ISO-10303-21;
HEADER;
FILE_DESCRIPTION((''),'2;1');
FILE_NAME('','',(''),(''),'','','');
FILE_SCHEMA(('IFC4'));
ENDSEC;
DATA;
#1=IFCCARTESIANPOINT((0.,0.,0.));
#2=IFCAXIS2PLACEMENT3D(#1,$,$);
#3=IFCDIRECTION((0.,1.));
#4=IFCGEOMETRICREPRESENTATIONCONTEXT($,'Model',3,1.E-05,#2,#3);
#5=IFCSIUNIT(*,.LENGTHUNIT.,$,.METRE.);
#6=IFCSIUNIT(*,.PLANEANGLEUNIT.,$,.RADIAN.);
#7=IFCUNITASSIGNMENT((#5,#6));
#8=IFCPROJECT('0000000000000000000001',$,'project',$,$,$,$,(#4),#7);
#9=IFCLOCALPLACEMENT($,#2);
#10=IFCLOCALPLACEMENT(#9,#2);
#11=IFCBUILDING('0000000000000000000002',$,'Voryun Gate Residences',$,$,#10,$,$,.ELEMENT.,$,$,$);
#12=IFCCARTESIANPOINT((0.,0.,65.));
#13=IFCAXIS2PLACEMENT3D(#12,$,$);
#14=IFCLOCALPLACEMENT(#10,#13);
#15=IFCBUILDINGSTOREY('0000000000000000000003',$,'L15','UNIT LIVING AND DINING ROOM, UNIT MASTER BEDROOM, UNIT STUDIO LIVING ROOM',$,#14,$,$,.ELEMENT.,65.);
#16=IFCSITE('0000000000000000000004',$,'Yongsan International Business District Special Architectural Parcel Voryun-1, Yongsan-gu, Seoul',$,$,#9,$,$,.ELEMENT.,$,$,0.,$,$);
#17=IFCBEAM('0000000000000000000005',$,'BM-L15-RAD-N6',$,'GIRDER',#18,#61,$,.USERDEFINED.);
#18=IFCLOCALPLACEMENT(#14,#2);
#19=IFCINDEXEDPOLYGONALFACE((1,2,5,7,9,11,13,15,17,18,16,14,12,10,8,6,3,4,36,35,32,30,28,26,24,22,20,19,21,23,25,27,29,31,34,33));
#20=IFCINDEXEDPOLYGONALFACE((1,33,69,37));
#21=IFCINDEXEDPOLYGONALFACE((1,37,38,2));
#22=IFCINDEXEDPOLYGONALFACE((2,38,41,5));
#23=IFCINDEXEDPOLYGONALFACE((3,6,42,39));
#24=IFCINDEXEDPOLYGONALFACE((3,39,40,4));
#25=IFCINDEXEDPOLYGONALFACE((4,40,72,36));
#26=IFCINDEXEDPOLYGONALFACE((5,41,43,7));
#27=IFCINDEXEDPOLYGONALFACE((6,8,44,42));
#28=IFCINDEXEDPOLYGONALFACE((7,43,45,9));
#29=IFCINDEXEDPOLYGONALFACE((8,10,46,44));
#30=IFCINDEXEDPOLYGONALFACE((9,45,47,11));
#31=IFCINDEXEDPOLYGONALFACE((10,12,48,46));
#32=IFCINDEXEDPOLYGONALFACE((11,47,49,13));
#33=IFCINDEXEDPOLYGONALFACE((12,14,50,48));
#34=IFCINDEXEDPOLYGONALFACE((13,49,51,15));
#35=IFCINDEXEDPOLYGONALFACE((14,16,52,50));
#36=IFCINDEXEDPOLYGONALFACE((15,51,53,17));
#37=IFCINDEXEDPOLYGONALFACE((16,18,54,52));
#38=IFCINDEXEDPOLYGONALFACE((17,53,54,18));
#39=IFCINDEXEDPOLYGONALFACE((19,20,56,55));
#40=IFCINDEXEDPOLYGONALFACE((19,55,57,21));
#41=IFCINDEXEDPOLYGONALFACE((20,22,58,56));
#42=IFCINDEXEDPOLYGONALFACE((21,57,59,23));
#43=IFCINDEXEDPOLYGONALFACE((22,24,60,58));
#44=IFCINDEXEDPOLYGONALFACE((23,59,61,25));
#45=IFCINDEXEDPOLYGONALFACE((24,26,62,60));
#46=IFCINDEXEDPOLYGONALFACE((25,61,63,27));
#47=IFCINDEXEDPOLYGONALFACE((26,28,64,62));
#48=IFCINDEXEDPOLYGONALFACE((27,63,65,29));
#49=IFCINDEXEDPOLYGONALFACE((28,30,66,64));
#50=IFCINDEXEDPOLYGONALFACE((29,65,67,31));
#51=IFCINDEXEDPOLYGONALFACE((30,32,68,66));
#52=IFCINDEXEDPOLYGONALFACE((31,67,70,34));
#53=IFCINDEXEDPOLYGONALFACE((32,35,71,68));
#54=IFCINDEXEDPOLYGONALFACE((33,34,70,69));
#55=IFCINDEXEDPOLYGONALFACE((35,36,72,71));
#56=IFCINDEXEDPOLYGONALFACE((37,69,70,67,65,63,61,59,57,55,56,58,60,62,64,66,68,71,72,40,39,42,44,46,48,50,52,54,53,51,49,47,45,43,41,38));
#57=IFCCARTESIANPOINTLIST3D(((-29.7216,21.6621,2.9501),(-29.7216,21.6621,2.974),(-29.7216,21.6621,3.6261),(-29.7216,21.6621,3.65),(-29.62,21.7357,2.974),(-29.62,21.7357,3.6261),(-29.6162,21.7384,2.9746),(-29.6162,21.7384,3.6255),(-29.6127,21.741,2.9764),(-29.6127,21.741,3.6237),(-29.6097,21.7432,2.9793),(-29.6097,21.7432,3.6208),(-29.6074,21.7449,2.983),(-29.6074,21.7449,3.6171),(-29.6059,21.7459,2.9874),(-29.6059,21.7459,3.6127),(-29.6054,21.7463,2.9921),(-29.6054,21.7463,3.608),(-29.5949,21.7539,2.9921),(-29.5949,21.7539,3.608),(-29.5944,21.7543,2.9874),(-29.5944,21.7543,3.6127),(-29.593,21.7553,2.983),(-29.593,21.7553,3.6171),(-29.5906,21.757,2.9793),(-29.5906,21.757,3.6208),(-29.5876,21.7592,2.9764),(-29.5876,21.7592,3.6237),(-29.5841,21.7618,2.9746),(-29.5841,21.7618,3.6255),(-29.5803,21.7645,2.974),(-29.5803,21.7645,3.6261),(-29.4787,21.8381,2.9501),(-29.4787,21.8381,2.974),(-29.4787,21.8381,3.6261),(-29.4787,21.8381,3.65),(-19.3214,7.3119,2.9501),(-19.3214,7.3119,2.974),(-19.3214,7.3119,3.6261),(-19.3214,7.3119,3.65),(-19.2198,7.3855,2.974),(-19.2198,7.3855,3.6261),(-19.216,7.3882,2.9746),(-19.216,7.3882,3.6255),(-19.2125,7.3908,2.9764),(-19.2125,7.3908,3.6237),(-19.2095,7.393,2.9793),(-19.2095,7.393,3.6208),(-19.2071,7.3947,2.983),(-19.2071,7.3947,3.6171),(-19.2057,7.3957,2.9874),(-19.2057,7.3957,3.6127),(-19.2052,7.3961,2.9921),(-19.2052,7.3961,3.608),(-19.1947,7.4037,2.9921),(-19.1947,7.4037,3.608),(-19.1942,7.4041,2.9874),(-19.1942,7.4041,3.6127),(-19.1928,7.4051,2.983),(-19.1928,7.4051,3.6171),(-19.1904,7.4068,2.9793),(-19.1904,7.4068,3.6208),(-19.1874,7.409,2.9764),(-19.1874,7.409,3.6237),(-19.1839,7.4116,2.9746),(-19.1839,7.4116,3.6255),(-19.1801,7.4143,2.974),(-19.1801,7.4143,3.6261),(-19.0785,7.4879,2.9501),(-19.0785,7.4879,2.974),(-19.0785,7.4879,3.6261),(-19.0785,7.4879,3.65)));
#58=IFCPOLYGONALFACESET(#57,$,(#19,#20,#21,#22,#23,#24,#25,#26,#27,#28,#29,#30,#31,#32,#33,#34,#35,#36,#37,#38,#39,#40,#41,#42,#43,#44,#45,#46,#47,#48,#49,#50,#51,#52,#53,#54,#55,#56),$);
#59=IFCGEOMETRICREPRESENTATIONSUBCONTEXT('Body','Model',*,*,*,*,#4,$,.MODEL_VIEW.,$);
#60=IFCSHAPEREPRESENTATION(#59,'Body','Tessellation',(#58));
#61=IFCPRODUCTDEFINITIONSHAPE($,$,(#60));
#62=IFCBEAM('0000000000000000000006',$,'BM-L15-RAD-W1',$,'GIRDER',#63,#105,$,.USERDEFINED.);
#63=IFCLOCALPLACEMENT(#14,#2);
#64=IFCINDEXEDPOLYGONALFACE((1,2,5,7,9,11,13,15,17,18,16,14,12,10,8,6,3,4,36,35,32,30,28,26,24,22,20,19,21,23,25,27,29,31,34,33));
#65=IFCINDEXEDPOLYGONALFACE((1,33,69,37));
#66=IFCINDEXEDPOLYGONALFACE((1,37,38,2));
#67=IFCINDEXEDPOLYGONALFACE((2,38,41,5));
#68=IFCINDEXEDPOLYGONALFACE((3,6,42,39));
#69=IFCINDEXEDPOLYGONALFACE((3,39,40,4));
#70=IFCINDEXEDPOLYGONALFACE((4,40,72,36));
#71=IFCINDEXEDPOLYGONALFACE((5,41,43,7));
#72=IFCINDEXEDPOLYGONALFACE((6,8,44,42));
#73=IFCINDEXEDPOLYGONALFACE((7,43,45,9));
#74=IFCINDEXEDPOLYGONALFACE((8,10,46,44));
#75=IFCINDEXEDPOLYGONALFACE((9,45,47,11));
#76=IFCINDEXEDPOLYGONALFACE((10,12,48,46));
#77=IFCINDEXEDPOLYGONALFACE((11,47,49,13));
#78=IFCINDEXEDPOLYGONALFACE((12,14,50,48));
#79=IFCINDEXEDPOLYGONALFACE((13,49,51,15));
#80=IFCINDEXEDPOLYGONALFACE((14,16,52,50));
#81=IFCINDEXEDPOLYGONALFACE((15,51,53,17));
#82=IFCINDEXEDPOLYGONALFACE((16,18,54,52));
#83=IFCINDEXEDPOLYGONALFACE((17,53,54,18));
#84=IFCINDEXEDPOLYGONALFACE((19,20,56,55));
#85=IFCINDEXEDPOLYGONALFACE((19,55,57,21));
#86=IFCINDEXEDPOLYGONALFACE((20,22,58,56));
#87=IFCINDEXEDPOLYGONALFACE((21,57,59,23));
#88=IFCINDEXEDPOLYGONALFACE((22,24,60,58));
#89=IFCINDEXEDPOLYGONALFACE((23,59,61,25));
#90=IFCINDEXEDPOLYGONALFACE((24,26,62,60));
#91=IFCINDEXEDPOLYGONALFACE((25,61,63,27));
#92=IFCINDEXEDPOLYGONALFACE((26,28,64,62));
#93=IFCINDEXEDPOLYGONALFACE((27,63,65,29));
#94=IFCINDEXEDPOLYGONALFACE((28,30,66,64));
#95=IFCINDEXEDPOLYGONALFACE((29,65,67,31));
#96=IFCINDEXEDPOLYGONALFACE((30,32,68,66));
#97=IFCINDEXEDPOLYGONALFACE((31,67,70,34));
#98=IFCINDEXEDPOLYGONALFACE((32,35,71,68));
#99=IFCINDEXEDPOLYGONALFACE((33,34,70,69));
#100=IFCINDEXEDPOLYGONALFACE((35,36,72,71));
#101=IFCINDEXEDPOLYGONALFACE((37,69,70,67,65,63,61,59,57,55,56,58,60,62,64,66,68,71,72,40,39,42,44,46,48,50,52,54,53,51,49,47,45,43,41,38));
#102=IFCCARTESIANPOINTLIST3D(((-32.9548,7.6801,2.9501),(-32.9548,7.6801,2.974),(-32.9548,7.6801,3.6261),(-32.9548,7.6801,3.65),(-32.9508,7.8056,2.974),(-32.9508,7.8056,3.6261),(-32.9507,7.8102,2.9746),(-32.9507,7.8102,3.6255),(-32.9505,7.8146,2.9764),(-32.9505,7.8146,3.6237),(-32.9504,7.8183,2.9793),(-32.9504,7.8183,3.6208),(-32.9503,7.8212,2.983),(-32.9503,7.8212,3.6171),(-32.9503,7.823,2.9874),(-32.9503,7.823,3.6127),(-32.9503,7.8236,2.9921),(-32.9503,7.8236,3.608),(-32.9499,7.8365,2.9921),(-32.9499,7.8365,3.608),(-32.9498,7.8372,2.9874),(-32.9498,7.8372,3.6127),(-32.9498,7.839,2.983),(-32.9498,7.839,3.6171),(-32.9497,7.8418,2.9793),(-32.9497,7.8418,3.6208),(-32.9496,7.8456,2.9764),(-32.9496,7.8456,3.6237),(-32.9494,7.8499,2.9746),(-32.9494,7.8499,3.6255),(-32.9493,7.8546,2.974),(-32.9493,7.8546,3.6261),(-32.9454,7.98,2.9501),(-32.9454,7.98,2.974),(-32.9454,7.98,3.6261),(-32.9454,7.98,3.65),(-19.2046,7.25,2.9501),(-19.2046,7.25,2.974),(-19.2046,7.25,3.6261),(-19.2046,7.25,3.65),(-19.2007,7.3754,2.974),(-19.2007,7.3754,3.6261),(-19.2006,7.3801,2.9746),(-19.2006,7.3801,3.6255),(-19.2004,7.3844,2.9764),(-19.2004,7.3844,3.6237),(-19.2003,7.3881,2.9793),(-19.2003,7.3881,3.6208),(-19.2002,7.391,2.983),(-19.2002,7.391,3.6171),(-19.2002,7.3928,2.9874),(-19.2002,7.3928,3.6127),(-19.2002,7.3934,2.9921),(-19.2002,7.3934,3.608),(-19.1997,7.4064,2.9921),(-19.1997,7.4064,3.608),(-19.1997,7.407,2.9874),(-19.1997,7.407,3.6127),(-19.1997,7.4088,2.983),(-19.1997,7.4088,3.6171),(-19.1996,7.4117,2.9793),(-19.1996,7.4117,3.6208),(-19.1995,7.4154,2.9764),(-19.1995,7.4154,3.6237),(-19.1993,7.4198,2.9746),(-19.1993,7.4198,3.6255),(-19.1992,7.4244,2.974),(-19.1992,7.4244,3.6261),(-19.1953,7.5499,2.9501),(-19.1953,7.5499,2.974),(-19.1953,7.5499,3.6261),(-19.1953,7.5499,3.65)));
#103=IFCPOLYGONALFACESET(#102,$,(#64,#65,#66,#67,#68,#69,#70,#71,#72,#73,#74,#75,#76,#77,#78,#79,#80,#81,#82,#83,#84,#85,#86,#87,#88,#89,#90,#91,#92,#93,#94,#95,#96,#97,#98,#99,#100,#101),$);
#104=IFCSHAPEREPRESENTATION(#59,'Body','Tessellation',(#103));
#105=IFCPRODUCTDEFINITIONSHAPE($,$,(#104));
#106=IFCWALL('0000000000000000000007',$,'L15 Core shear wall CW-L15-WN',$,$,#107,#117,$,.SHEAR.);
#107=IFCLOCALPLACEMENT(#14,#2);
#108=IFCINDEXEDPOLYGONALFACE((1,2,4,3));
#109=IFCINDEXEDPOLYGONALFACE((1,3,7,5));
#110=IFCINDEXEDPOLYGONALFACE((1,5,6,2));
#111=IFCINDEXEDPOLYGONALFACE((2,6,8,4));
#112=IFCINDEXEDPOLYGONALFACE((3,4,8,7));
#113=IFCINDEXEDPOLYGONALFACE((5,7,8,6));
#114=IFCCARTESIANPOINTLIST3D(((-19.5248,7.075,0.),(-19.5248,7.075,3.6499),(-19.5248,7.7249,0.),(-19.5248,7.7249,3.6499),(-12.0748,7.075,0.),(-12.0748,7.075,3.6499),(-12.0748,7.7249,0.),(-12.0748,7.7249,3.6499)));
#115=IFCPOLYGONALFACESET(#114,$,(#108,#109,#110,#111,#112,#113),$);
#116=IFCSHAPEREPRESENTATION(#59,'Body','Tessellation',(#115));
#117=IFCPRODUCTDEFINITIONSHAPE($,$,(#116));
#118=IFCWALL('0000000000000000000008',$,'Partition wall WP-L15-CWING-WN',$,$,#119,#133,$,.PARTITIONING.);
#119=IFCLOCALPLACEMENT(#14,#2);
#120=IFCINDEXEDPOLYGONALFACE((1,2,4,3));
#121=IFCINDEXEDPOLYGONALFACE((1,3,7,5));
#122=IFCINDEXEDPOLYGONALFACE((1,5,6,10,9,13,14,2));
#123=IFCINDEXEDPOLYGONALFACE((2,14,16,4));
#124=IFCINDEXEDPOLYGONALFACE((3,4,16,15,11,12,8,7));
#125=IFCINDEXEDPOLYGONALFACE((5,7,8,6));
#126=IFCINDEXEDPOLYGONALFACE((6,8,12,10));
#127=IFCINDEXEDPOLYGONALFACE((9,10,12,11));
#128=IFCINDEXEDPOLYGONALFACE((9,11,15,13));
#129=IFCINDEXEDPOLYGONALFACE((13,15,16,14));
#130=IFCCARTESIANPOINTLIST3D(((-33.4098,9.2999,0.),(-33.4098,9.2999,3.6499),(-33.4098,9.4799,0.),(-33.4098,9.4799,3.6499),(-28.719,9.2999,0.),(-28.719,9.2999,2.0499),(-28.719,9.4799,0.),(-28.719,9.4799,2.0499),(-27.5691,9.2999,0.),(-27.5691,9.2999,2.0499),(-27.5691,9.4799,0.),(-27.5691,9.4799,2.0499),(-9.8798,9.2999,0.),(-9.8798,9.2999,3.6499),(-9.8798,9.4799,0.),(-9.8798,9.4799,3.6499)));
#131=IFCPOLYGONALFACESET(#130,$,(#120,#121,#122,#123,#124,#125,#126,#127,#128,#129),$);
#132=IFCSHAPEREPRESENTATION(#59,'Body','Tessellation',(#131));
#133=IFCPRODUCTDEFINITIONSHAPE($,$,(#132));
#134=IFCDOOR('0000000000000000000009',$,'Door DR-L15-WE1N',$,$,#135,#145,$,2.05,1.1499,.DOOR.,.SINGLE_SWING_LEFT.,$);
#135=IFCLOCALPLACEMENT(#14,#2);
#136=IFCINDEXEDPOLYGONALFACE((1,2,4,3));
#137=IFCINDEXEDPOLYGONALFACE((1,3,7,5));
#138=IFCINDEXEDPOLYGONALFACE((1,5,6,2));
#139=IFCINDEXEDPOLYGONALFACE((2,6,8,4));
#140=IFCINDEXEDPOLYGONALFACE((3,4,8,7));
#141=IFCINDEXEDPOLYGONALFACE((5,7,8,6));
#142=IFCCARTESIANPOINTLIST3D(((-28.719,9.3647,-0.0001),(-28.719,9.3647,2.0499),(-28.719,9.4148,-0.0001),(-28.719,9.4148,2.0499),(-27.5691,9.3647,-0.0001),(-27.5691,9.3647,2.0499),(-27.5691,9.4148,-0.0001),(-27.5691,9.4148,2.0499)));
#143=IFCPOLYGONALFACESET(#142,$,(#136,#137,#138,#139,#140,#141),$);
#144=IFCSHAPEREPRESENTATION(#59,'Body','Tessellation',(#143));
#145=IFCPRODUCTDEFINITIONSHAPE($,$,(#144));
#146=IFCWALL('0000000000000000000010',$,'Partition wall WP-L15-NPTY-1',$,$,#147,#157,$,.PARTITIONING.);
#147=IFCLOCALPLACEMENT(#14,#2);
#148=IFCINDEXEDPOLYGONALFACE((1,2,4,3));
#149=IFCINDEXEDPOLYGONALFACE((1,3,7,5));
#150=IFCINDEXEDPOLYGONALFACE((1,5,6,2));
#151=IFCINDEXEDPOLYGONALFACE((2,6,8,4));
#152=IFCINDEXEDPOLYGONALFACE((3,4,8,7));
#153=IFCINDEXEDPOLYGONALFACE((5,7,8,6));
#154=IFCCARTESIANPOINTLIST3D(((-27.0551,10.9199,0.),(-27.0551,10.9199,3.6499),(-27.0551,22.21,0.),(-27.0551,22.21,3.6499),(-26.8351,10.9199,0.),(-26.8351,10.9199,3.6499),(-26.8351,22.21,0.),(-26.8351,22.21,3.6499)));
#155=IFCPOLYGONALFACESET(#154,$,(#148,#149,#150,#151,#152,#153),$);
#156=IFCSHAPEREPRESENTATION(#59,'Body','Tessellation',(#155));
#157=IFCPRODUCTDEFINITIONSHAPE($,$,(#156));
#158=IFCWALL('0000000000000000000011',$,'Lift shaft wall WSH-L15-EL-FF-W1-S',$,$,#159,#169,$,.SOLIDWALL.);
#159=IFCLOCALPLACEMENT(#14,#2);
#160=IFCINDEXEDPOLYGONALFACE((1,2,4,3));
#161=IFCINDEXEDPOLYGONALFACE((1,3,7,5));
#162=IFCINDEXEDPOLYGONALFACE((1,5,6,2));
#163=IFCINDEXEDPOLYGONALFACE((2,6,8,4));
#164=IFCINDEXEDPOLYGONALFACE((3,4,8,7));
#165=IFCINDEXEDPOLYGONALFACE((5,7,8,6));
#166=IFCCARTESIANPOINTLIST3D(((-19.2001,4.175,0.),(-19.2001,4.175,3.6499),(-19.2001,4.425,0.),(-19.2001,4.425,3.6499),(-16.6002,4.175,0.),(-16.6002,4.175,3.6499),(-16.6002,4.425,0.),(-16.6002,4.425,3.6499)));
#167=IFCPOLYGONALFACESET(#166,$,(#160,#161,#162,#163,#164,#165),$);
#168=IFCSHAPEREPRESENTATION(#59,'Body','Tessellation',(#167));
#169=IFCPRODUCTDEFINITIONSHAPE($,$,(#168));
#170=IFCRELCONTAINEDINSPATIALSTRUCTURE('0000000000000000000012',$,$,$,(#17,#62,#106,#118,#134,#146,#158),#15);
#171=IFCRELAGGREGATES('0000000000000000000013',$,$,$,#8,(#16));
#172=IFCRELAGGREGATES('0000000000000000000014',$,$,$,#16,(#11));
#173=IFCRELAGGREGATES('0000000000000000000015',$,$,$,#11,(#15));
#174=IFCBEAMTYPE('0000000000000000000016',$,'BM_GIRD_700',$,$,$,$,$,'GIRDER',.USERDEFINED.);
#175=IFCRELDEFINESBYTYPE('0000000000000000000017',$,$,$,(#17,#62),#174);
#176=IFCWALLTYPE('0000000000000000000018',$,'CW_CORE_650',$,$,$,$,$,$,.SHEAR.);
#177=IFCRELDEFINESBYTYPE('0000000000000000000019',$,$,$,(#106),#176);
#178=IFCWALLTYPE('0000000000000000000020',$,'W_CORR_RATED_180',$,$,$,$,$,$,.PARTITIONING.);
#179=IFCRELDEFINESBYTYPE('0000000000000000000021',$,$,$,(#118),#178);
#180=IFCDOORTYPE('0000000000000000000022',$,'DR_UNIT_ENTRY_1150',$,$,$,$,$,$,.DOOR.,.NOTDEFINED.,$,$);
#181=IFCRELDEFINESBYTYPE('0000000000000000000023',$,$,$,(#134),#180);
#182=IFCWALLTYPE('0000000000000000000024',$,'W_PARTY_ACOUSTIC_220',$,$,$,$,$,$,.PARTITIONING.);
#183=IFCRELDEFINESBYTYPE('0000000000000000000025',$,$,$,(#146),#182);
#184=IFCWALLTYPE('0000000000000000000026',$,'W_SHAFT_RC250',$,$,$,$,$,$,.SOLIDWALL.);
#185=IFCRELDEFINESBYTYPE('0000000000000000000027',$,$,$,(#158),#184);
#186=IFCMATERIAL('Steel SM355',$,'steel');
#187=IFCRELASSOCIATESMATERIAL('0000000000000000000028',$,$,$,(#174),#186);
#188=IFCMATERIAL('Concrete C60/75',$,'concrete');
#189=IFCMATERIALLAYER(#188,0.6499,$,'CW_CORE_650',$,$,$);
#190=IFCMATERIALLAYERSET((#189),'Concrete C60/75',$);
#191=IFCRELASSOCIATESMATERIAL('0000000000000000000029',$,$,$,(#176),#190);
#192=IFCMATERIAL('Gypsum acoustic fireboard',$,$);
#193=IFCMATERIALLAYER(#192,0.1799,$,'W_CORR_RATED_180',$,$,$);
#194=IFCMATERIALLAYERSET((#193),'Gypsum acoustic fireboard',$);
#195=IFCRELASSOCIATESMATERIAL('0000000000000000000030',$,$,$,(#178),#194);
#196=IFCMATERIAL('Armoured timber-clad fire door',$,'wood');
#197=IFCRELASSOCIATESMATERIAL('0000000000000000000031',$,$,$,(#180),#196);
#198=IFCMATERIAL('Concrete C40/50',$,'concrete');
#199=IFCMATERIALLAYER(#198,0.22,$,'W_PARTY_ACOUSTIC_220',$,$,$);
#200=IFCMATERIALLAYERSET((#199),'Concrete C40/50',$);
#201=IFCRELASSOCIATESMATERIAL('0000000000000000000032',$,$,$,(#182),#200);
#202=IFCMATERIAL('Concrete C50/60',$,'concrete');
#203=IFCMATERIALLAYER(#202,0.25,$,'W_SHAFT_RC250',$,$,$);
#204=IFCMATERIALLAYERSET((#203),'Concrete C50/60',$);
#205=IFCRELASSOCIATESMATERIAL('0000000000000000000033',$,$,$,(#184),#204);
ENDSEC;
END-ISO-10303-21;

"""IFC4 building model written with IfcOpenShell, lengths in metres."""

from ifc_helpers import new_model, si_unit, direction, frame, frame_2d, origin, origin_2d, place, context, subcontext, project, spatial, rectangle, i_section, extrude, material, layer, layer_set, material_profile, profile_set, type_object, element, fill, save


model = new_model("IFC4")

# Units and contexts
model_context = context("Model", 3, precision=1e-05, world=origin(), true_north=direction((0.0, 1.0)))
body_context = subcontext(model_context, "Body", "Model", "MODEL_VIEW")
ifc_project = project(units=[si_unit("LENGTHUNIT", "METRE"), si_unit("PLANEANGLEUNIT", "RADIAN")], contexts=[model_context])

# Site, building, storey
site_placement = place(None, origin())
site = spatial("IfcSite", under=ifc_project, at=site_placement, Name="Yongsan International Business District Special Architectural Parcel Voryun-1, Yongsan-gu, Seoul", CompositionType="ELEMENT", RefElevation=0.0)
building_placement = place(site_placement, origin())
building = spatial("IfcBuilding", under=site, at=building_placement, Name="Voryun Gate Residences", CompositionType="ELEMENT")
storey_placement = place(building_placement, frame((0.0, 0.0, 65.0)))
storey = spatial("IfcBuildingStorey", under=building, at=storey_placement, Name="L15", Description="UNIT LIVING AND DINING ROOM, UNIT MASTER BEDROOM, UNIT STUDIO LIVING ROOM", CompositionType="ELEMENT", Elevation=65.0)

# Beams
ifc_material_1 = material(Name="Steel SM355", Category="steel")
ifc_material_profile_1 = material_profile(ifc_material_1, i_section(OverallWidth=0.3, OverallDepth=0.7, WebThickness=0.0129, FlangeThickness=0.0239, FilletRadius=0.0181, at=origin_2d()), Name="H-700x300x13x24")
ifc_profile_set_1 = profile_set([ifc_material_profile_1], Name="Steel SM355")
beam_type_1 = type_object("IfcBeamType", Name="BM_GIRD_700", ElementType="GIRDER", PredefinedType="USERDEFINED", material=ifc_profile_set_1)
beam_1_placement = place(storey_placement, frame((-19.2, 7.3999, 3.3), z_axis=(-0.586832, 0.809709, 0.0), x_axis=(-0.809709, -0.586832, 0.0)))
element("IfcBeam", 1, at=beam_1_placement, inside=storey, type_object=beam_type_1, Name="BM-L15-RAD-N6", ObjectType="GIRDER", PredefinedType="USERDEFINED", context=body_context, shape_type="SweptSolid", body=[
    extrude(i_section(OverallWidth=0.3, OverallDepth=0.7, WebThickness=0.0129, FlangeThickness=0.0239, FilletRadius=0.0181, at=origin_2d()), origin(), (0.0, 0.0, 1.0), 17.7227),
])
beam_2_placement = place(storey_placement, frame((-19.2, 7.3999, 3.3), z_axis=(-0.999511, 0.03127, 0.0), x_axis=(-0.03127, -0.999511, 0.0)))
element("IfcBeam", 2, at=beam_2_placement, inside=storey, type_object=beam_type_1, Name="BM-L15-RAD-W1", ObjectType="GIRDER", PredefinedType="USERDEFINED", context=body_context, shape_type="SweptSolid", body=[
    extrude(i_section(OverallWidth=0.3, OverallDepth=0.7, WebThickness=0.0129, FlangeThickness=0.0239, FilletRadius=0.0181, at=origin_2d()), origin(), (0.0, 0.0, 1.0), 13.7568),
])

# Wall
ifc_material_2 = material(Name="Concrete C60/75", Category="concrete")
ifc_layer_1 = layer(ifc_material_2, 0.6499, Name="CW_CORE_650")
ifc_layer_set_1 = layer_set([ifc_layer_1], Name="Concrete C60/75")
wall_type_1 = type_object("IfcWallType", Name="CW_CORE_650", PredefinedType="SHEAR", material=ifc_layer_set_1)
wall_1_placement = place(storey_placement, frame((-19.5249, 7.3999, 0.0), z_axis=(0.0, 0.0, 1.0), x_axis=(1.0, 0.0, 0.0)))
element("IfcWall", 3, at=wall_1_placement, inside=storey, type_object=wall_type_1, Name="L15 Core shear wall CW-L15-WN", PredefinedType="SHEAR", context=body_context, shape_type="SweptSolid", body=[
    extrude(rectangle(XDim=7.45, YDim=0.6499, at=frame_2d((3.7251, 0.0))), origin(), (0.0, 0.0, 1.0), 3.6499),
])

# Wall, opening, door
ifc_material_3 = material(Name="Gypsum acoustic fireboard")
ifc_layer_2 = layer(ifc_material_3, 0.1799, Name="W_CORR_RATED_180")
ifc_layer_set_2 = layer_set([ifc_layer_2], Name="Gypsum acoustic fireboard")
wall_type_2 = type_object("IfcWallType", Name="W_CORR_RATED_180", PredefinedType="PARTITIONING", material=ifc_layer_set_2)
wall_2_placement = place(storey_placement, frame((-33.4099, 9.3899, 0.0), z_axis=(0.0, 0.0, 1.0), x_axis=(1.0, 0.0, 0.0)))
wall_2 = element("IfcWall", 4, at=wall_2_placement, inside=storey, type_object=wall_type_2, Name="Partition wall WP-L15-CWING-WN", PredefinedType="PARTITIONING", context=body_context, shape_type="SweptSolid", body=[
    extrude(rectangle(XDim=23.53, YDim=0.1799, at=frame_2d((11.7651, 0.0))), origin(), (0.0, 0.0, 1.0), 3.6499),
])
opening_1_placement = place(wall_2_placement, frame((4.6909, 0.0, 0.0)))
opening_1 = element("IfcOpeningElement", 5, at=opening_1_placement, cuts=wall_2, PredefinedType="OPENING", context=body_context, shape_type="SweptSolid", body=[
    extrude(rectangle(XDim=1.1499, YDim=2.05, at=frame_2d((0.575, 1.0249))), frame((0.0, 0.0999, 0.0), z_axis=(0.0, -1.0, 0.0), x_axis=(1.0, 0.0, 0.0)), (0.0, 0.0, 1.0), 0.2),
])
ifc_material_4 = material(Name="Armoured timber-clad fire door", Category="wood")
door_type_1 = type_object("IfcDoorType", Name="DR_UNIT_ENTRY_1150", OperationType="NOTDEFINED", PredefinedType="DOOR", material=ifc_material_4)
door_1_placement = place(opening_1_placement, origin())
door_1 = element("IfcDoor", 6, at=door_1_placement, inside=storey, type_object=door_type_1, Name="Door DR-L15-WE1N", OperationType="SINGLE_SWING_LEFT", OverallHeight=2.05, OverallWidth=1.1499, PredefinedType="DOOR", context=body_context, shape_type="SweptSolid", body=[
    extrude(rectangle(XDim=1.1499, YDim=2.05, at=frame_2d((0.575, 1.0249))), frame((0.0, 0.0249, 0.0), z_axis=(0.0, -1.0, 0.0), x_axis=(1.0, 0.0, 0.0)), (0.0, 0.0, 1.0), 0.05),
])
fill(opening_1, door_1)

# Walls
ifc_material_5 = material(Name="Concrete C40/50", Category="concrete")
ifc_layer_3 = layer(ifc_material_5, 0.22, Name="W_PARTY_ACOUSTIC_220")
ifc_layer_set_3 = layer_set([ifc_layer_3], Name="Concrete C40/50")
wall_type_3 = type_object("IfcWallType", Name="W_PARTY_ACOUSTIC_220", PredefinedType="PARTITIONING", material=ifc_layer_set_3)
wall_3_placement = place(storey_placement, frame((-26.9451, 10.9199, 0.0), z_axis=(0.0, 0.0, 1.0), x_axis=(0.0, 1.0, 0.0)))
element("IfcWall", 7, at=wall_3_placement, inside=storey, type_object=wall_type_3, Name="Partition wall WP-L15-NPTY-1", PredefinedType="PARTITIONING", context=body_context, shape_type="SweptSolid", body=[
    extrude(rectangle(XDim=11.29, YDim=0.22, at=frame_2d((5.645, 0.0))), origin(), (0.0, 0.0, 1.0), 3.6499),
])
ifc_material_6 = material(Name="Concrete C50/60", Category="concrete")
ifc_layer_4 = layer(ifc_material_6, 0.25, Name="W_SHAFT_RC250")
ifc_layer_set_4 = layer_set([ifc_layer_4], Name="Concrete C50/60")
wall_type_4 = type_object("IfcWallType", Name="W_SHAFT_RC250", PredefinedType="SOLIDWALL", material=ifc_layer_set_4)
wall_4_placement = place(storey_placement, frame((-19.2, 4.3, 0.0), z_axis=(0.0, 0.0, 1.0), x_axis=(1.0, 0.0, 0.0)))
element("IfcWall", 8, at=wall_4_placement, inside=storey, type_object=wall_type_4, Name="Lift shaft wall WSH-L15-EL-FF-W1-S", PredefinedType="SOLIDWALL", context=body_context, shape_type="SweptSolid", body=[
    extrude(rectangle(XDim=2.5999, YDim=0.25, at=frame_2d((1.2998, 0.0))), origin(), (0.0, 0.0, 1.0), 3.6499),
])

save(model, "model.ifc")
